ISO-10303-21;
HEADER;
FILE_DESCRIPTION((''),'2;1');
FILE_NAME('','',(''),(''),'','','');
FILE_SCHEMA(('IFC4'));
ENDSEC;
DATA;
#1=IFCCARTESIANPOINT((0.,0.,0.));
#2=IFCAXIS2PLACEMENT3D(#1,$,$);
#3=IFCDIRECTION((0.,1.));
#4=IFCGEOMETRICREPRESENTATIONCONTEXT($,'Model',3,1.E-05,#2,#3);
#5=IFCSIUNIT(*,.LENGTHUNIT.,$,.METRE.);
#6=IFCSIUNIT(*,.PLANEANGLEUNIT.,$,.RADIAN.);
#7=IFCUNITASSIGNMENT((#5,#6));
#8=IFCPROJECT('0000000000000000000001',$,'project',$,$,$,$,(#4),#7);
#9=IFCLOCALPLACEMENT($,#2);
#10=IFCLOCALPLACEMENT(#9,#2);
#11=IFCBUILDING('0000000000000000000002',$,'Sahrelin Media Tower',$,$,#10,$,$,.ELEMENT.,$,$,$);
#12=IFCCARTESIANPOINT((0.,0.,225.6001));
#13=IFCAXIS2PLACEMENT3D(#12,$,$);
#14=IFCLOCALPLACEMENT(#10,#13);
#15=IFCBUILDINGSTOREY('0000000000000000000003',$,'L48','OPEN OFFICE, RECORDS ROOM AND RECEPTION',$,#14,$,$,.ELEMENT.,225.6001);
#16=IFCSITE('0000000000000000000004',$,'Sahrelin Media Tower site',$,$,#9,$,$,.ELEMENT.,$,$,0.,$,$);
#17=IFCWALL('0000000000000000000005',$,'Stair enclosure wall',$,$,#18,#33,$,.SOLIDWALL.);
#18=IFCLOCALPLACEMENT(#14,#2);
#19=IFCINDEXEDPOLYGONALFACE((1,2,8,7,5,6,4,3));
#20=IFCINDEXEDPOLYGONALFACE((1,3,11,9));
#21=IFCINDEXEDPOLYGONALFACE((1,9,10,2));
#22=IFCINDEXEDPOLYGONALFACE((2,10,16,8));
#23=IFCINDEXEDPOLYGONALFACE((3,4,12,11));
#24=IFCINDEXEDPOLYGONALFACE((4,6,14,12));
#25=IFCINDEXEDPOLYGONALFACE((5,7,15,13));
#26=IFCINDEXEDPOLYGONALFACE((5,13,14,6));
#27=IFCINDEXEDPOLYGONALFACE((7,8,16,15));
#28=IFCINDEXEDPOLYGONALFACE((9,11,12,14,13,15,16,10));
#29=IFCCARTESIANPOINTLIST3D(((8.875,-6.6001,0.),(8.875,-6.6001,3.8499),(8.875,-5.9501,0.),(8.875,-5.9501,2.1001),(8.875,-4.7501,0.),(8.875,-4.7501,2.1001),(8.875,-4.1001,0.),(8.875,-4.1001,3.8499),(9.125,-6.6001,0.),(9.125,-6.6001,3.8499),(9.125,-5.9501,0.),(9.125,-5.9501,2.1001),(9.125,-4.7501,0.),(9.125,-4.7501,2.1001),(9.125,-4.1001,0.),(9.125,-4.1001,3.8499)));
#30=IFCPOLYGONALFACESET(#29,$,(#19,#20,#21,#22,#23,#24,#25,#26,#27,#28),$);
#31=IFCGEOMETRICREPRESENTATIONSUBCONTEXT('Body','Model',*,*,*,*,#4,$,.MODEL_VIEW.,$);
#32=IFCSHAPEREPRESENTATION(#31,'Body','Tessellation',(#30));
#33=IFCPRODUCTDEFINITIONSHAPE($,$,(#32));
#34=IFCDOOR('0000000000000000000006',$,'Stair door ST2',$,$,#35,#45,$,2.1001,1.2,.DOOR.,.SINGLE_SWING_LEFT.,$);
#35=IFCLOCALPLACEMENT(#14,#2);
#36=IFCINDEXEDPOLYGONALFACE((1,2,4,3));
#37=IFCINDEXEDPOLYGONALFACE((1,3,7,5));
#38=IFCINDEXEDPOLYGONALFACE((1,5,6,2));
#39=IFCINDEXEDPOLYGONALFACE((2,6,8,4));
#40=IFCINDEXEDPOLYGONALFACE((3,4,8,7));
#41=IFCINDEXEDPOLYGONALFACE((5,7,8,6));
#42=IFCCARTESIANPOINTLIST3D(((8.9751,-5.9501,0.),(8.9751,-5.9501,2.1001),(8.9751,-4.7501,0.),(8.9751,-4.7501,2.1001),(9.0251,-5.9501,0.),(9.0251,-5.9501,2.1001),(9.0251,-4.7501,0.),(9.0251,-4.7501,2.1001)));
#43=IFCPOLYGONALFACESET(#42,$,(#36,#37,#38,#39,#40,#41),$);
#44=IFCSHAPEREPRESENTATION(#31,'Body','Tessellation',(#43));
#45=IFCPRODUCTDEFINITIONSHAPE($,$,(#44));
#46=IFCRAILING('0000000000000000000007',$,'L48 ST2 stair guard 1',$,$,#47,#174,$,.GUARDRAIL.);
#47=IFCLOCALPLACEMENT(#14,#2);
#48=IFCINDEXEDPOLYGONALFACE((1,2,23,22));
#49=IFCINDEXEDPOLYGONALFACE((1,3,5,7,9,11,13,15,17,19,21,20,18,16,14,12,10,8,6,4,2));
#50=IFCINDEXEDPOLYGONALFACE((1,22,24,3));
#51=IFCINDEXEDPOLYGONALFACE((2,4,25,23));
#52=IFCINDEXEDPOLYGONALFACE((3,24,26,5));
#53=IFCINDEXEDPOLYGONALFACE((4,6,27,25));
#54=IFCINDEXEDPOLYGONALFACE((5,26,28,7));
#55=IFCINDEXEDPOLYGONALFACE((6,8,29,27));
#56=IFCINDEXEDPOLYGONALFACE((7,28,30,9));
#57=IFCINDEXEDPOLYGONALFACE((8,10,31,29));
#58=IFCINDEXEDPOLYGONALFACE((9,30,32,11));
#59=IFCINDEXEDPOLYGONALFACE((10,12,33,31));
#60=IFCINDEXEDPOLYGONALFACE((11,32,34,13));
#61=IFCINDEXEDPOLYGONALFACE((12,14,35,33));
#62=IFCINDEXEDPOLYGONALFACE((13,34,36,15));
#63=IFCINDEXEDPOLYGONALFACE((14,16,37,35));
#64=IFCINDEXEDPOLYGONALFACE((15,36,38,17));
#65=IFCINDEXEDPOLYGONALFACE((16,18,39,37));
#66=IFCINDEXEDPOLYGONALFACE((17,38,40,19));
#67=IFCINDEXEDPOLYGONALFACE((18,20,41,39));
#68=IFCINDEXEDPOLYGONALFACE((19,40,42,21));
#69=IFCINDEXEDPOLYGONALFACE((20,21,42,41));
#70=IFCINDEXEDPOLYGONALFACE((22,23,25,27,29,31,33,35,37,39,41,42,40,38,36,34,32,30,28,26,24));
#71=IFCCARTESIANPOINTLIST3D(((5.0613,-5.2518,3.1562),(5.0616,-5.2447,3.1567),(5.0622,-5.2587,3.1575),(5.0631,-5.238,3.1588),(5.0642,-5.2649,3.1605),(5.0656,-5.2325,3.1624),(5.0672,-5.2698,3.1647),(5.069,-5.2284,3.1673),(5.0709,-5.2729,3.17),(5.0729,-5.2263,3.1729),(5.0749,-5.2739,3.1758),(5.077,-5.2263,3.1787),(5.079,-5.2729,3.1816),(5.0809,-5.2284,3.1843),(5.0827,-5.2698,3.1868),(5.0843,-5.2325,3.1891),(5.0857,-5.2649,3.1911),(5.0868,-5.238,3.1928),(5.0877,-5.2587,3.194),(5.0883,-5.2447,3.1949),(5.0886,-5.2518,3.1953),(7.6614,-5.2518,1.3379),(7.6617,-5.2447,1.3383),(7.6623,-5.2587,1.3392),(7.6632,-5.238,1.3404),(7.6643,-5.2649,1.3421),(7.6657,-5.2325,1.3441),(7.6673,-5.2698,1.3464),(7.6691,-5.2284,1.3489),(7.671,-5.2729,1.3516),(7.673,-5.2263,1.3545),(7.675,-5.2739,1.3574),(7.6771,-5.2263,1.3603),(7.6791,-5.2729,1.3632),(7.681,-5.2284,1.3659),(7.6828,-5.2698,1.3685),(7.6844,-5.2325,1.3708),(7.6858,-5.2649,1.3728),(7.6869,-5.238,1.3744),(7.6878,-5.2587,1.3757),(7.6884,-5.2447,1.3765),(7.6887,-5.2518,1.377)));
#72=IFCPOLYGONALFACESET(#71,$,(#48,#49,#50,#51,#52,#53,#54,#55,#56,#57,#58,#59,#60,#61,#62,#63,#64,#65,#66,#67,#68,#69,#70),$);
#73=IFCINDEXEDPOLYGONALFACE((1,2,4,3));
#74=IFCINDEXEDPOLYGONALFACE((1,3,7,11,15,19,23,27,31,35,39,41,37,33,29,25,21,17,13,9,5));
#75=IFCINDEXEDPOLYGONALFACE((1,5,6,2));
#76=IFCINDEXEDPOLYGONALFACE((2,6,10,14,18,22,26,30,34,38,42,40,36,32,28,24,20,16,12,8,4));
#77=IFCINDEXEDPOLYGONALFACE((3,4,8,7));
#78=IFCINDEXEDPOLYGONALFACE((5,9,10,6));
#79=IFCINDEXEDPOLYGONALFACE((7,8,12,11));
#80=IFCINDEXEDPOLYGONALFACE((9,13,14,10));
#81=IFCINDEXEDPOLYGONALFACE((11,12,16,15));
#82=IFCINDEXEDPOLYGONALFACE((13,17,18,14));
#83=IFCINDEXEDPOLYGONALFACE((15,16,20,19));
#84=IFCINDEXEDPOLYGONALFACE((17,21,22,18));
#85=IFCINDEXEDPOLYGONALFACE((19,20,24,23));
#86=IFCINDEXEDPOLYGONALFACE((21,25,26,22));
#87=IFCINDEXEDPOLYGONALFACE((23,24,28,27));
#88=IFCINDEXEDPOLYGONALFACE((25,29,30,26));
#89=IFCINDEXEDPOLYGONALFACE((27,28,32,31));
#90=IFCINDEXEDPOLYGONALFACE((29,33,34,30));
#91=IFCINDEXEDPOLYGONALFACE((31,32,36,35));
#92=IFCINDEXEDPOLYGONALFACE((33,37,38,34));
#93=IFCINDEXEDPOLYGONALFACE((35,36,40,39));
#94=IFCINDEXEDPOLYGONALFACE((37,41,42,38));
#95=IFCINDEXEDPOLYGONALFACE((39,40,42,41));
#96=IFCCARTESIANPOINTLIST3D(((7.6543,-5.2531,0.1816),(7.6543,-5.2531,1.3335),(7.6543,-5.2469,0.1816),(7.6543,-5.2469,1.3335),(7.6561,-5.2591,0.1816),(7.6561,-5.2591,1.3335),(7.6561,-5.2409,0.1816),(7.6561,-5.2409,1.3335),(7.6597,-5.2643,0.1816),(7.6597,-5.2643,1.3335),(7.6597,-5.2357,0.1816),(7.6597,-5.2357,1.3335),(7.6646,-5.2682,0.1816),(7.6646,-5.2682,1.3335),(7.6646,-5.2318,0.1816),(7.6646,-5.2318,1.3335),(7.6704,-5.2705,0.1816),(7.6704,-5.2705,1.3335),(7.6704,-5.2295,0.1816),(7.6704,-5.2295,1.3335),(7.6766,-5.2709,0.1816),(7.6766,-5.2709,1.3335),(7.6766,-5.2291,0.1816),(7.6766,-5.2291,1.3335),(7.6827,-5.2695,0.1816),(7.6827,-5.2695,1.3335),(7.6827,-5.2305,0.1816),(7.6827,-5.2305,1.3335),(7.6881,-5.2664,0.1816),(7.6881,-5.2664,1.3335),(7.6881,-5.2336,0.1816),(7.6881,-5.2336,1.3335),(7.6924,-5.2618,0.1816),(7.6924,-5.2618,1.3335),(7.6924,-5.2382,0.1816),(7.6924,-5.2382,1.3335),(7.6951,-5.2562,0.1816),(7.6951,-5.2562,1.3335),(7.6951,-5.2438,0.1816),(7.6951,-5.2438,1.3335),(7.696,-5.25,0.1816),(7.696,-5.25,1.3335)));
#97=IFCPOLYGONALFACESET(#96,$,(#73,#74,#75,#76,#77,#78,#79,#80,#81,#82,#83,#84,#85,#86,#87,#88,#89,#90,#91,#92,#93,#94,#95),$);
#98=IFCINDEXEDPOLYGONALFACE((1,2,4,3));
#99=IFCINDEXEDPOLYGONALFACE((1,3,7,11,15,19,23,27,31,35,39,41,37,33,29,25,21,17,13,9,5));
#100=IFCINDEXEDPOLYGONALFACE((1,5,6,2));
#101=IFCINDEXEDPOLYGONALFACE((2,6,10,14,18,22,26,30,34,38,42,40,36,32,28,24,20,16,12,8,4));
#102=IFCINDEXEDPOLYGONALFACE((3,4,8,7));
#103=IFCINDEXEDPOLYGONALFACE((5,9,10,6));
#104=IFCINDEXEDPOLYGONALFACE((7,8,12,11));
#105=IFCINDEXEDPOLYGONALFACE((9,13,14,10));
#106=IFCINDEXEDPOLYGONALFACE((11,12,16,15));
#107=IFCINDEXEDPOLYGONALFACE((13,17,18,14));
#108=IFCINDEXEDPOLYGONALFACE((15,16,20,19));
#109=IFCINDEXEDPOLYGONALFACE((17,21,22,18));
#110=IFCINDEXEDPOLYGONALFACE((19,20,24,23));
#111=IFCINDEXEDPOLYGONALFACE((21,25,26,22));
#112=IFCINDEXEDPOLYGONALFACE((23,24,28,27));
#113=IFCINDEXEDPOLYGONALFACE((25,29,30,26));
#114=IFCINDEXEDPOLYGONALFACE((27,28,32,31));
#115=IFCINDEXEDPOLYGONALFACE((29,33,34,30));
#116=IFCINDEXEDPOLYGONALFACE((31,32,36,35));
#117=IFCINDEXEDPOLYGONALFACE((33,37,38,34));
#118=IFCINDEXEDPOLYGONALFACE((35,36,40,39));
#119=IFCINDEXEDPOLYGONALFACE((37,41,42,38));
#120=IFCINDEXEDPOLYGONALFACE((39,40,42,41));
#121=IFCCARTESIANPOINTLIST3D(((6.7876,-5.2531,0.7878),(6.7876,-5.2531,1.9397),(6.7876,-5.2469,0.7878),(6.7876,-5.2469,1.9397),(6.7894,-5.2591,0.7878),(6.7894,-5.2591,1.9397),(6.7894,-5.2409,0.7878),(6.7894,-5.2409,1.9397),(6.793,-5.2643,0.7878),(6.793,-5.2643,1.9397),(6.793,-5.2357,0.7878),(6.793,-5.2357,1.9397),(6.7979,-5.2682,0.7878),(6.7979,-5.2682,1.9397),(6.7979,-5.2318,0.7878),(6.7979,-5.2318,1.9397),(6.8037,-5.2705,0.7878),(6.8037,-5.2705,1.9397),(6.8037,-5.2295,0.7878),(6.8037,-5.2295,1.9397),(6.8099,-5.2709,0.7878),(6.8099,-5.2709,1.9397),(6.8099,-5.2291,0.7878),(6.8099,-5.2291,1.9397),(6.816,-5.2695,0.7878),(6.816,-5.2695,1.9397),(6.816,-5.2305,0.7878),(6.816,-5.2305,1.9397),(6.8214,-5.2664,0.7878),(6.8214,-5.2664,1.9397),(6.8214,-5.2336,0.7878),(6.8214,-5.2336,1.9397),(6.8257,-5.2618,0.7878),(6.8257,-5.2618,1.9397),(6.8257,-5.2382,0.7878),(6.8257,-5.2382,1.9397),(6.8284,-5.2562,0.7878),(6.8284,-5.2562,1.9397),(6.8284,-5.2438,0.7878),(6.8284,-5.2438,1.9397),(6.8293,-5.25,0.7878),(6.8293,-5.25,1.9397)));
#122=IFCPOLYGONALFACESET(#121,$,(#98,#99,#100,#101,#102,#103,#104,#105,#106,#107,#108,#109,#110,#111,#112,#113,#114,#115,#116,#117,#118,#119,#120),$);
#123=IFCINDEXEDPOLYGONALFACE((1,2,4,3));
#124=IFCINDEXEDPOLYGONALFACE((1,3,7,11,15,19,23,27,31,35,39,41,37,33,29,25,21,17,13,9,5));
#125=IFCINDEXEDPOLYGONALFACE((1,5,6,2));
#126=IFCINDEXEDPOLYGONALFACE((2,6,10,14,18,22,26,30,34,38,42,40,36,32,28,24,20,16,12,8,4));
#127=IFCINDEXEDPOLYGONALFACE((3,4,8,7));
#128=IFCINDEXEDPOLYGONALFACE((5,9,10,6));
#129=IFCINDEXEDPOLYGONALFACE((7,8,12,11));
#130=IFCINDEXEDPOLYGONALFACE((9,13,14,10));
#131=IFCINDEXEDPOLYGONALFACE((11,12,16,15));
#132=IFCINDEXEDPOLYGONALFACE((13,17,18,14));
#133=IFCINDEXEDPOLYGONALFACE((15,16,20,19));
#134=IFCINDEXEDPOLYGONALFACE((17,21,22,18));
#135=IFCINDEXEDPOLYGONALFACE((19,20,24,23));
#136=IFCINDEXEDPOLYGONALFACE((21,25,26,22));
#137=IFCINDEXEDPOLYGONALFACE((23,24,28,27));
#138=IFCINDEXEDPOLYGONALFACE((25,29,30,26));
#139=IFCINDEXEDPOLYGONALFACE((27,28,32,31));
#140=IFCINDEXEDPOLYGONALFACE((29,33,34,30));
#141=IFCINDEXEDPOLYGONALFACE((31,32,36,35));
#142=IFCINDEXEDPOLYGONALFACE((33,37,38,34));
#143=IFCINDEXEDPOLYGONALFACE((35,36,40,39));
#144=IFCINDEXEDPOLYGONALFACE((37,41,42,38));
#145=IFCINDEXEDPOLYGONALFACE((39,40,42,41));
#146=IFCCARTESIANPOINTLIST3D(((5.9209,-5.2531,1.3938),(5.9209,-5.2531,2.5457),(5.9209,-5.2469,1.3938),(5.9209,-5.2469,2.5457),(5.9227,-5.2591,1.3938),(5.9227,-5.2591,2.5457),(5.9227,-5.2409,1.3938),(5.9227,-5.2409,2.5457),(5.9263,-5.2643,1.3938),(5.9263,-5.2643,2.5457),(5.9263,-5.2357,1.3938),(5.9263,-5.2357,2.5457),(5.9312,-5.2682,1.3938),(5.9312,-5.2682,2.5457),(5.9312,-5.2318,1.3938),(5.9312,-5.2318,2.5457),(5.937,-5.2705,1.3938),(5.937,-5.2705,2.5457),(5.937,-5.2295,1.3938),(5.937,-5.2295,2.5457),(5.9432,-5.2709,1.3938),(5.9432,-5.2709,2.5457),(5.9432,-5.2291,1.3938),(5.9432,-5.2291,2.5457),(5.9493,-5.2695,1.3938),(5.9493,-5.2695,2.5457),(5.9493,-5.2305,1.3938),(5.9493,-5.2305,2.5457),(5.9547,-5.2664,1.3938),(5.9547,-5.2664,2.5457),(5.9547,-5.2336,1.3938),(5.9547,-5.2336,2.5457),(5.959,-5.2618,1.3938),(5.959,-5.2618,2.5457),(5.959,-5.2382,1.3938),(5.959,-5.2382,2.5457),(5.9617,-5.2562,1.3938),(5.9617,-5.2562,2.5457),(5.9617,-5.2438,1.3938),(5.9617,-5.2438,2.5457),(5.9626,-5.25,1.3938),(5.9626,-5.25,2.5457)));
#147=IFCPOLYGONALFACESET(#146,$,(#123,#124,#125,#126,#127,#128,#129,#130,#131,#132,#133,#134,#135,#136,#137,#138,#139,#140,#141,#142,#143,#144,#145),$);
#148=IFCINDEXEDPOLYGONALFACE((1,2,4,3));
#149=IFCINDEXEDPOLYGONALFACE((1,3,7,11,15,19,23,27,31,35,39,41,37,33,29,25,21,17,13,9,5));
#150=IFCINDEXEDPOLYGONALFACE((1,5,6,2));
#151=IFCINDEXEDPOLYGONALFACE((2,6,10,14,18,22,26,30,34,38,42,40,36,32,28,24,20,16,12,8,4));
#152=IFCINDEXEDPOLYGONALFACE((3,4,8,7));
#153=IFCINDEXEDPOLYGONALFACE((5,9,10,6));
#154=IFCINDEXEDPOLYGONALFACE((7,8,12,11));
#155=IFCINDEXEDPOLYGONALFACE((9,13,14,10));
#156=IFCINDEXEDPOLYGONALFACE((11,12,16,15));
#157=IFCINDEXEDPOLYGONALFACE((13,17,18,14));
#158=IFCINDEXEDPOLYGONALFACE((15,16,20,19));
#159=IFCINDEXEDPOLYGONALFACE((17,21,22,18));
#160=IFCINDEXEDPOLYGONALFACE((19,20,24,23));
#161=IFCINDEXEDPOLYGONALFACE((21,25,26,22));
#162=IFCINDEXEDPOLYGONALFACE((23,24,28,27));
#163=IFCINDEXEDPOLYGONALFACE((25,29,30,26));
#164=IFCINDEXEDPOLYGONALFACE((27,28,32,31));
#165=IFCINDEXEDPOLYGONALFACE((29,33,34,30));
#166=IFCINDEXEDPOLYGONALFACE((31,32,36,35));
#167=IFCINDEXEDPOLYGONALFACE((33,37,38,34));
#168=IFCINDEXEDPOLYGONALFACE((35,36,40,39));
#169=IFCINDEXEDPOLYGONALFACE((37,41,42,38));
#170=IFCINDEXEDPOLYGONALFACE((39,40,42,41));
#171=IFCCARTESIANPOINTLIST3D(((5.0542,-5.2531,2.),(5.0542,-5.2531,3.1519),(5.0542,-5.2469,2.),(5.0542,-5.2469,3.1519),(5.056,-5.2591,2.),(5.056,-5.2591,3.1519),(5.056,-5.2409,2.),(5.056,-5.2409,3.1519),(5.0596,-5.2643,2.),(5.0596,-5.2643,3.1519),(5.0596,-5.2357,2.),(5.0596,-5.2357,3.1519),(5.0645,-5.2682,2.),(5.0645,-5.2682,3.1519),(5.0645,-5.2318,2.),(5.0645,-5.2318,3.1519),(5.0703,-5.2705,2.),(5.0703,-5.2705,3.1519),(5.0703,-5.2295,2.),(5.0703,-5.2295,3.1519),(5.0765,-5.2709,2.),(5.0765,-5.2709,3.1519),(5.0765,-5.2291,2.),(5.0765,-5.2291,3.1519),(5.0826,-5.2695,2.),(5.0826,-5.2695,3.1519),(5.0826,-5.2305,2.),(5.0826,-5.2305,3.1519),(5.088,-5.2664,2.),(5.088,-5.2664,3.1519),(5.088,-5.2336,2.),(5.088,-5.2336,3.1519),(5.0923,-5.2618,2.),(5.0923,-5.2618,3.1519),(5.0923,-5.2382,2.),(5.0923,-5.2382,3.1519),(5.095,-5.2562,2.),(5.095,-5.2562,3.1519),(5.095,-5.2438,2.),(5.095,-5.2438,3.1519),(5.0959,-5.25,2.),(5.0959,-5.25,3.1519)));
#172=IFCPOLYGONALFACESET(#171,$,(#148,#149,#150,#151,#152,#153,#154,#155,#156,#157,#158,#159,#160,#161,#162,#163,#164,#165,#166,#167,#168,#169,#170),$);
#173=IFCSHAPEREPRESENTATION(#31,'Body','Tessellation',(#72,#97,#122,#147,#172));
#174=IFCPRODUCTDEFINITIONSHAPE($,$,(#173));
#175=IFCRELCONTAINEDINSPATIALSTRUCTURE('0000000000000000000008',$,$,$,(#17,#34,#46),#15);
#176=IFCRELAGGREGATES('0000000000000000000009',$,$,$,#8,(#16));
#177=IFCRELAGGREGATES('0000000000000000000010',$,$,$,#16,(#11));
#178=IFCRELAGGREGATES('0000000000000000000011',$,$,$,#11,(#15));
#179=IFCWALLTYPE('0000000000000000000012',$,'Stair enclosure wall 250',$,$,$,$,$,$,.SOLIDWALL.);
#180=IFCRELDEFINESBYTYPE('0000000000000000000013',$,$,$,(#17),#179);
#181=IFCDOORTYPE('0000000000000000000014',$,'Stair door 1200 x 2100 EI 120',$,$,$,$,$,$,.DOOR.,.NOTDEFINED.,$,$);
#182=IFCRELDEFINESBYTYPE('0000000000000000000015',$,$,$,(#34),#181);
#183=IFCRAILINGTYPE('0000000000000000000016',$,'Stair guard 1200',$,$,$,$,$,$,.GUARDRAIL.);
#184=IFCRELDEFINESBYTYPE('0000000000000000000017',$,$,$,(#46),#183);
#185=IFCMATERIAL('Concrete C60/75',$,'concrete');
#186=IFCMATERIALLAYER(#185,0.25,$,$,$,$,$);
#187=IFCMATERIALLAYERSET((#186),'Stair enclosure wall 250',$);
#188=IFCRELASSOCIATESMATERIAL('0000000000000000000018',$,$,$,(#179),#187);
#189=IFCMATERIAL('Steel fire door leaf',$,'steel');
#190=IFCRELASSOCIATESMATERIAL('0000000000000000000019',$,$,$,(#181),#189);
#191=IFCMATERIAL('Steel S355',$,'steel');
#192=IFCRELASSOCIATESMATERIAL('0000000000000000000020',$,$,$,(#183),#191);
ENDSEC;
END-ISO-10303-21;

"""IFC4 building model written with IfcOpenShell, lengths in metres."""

from ifc_helpers import new_model, si_unit, direction, frame, frame_2d, origin, origin_2d, place, context, subcontext, project, spatial, rectangle, circle, extrude, material, layer, layer_set, type_object, element, fill, save


model = new_model("IFC4")

# Units and contexts
model_context = context("Model", 3, precision=1e-05, world=origin(), true_north=direction((0.0, 1.0)))
body_context = subcontext(model_context, "Body", "Model", "MODEL_VIEW")
ifc_project = project(units=[si_unit("LENGTHUNIT", "METRE"), si_unit("PLANEANGLEUNIT", "RADIAN")], contexts=[model_context])

# Site, building, storey
site_placement = place(None, origin())
site = spatial("IfcSite", under=ifc_project, at=site_placement, Name="Sahrelin Media Tower site", CompositionType="ELEMENT", RefElevation=0.0)
building_placement = place(site_placement, origin())
building = spatial("IfcBuilding", under=site, at=building_placement, Name="Sahrelin Media Tower", CompositionType="ELEMENT")
storey_placement = place(building_placement, frame((0.0, 0.0, 225.6001)))
storey = spatial("IfcBuildingStorey", under=building, at=storey_placement, Name="L48", Description="OPEN OFFICE, RECORDS ROOM AND RECEPTION", CompositionType="ELEMENT", Elevation=225.6001)

# Shared definitions
ifc_material_1 = material(Name="Steel S355", Category="steel")

# Shared definitions
ifc_material_2 = material(Name="Concrete C60/75", Category="concrete")
ifc_material_3 = material(Name="Steel fire door leaf", Category="steel")

# Wall, opening, door
ifc_layer_1 = layer(ifc_material_2, 0.25)
ifc_layer_set_1 = layer_set([ifc_layer_1], Name="Stair enclosure wall 250")
wall_type_1 = type_object("IfcWallType", Name="Stair enclosure wall 250", PredefinedType="SOLIDWALL", material=ifc_layer_set_1)
wall_1_placement = place(storey_placement, frame((9.0, -6.6001, 0.0), z_axis=(0.0, 0.0, 1.0), x_axis=(0.0, 1.0, 0.0)))
wall_1 = element("IfcWall", 1, at=wall_1_placement, inside=storey, type_object=wall_type_1, Name="Stair enclosure wall", PredefinedType="SOLIDWALL", context=body_context, shape_type="SweptSolid", body=[
    extrude(rectangle(XDim=2.5, YDim=0.25, at=frame_2d((1.25, 0.0))), origin(), (0.0, 0.0, 1.0), 3.8499),
])
opening_1_placement = place(wall_1_placement, frame((0.6499, 0.0, 0.0)))
opening_1 = element("IfcOpeningElement", 2, at=opening_1_placement, cuts=wall_1, PredefinedType="OPENING", context=body_context, shape_type="SweptSolid", body=[
    extrude(rectangle(XDim=1.2, YDim=2.1001, at=frame_2d((0.6001, 1.05))), frame((0.0, 0.125, 0.0), z_axis=(0.0, -1.0, 0.0), x_axis=(1.0, 0.0, 0.0)), (0.0, 0.0, 1.0), 0.25),
])
door_type_1 = type_object("IfcDoorType", Name="Stair door 1200 x 2100 EI 120", OperationType="NOTDEFINED", PredefinedType="DOOR", material=ifc_material_3)
door_1_placement = place(opening_1_placement, origin())
door_1 = element("IfcDoor", 3, at=door_1_placement, inside=storey, type_object=door_type_1, Name="Stair door ST2", OperationType="SINGLE_SWING_LEFT", OverallHeight=2.1001, OverallWidth=1.2, PredefinedType="DOOR", context=body_context, shape_type="SweptSolid", body=[
    extrude(rectangle(XDim=1.2, YDim=2.1001, at=frame_2d((0.6001, 1.05))), frame((0.0, 0.0249, 0.0), z_axis=(0.0, -1.0, 0.0), x_axis=(1.0, 0.0, 0.0)), (0.0, 0.0, 1.0), 0.05),
])
fill(opening_1, door_1)

# Railing
railing_type_1 = type_object("IfcRailingType", Name="Stair guard 1200", PredefinedType="GUARDRAIL", material=ifc_material_1)
railing_1_placement = place(storey_placement, frame((7.675, -5.25, 0.1816)))
element("IfcRailing", 4, at=railing_1_placement, inside=storey, type_object=railing_type_1, Name="L48 ST2 stair guard 1", PredefinedType="GUARDRAIL", context=body_context, shape_type="SweptSolid", body=[
    extrude(circle(Radius=0.0239, at=origin_2d()), frame((0.0, 0.0, 1.1758), z_axis=(-0.819485, 0.0, 0.573101), x_axis=(0.0, -1.0, 0.0)), (0.0, 0.0, 1.0), 3.1729),
    extrude(circle(Radius=0.021, at=origin_2d()), origin(), (0.0, 0.0, 1.0), 1.1519),
    extrude(circle(Radius=0.021, at=origin_2d()), frame((-0.8667, 0.0, 0.6062)), (0.0, 0.0, 1.0), 1.1519),
    extrude(circle(Radius=0.021, at=origin_2d()), frame((-1.7334, 0.0, 1.2122)), (0.0, 0.0, 1.0), 1.1519),
    extrude(circle(Radius=0.021, at=origin_2d()), frame((-2.6001, 0.0, 1.8184)), (0.0, 0.0, 1.0), 1.1519),
])

save(model, "model.ifc")
